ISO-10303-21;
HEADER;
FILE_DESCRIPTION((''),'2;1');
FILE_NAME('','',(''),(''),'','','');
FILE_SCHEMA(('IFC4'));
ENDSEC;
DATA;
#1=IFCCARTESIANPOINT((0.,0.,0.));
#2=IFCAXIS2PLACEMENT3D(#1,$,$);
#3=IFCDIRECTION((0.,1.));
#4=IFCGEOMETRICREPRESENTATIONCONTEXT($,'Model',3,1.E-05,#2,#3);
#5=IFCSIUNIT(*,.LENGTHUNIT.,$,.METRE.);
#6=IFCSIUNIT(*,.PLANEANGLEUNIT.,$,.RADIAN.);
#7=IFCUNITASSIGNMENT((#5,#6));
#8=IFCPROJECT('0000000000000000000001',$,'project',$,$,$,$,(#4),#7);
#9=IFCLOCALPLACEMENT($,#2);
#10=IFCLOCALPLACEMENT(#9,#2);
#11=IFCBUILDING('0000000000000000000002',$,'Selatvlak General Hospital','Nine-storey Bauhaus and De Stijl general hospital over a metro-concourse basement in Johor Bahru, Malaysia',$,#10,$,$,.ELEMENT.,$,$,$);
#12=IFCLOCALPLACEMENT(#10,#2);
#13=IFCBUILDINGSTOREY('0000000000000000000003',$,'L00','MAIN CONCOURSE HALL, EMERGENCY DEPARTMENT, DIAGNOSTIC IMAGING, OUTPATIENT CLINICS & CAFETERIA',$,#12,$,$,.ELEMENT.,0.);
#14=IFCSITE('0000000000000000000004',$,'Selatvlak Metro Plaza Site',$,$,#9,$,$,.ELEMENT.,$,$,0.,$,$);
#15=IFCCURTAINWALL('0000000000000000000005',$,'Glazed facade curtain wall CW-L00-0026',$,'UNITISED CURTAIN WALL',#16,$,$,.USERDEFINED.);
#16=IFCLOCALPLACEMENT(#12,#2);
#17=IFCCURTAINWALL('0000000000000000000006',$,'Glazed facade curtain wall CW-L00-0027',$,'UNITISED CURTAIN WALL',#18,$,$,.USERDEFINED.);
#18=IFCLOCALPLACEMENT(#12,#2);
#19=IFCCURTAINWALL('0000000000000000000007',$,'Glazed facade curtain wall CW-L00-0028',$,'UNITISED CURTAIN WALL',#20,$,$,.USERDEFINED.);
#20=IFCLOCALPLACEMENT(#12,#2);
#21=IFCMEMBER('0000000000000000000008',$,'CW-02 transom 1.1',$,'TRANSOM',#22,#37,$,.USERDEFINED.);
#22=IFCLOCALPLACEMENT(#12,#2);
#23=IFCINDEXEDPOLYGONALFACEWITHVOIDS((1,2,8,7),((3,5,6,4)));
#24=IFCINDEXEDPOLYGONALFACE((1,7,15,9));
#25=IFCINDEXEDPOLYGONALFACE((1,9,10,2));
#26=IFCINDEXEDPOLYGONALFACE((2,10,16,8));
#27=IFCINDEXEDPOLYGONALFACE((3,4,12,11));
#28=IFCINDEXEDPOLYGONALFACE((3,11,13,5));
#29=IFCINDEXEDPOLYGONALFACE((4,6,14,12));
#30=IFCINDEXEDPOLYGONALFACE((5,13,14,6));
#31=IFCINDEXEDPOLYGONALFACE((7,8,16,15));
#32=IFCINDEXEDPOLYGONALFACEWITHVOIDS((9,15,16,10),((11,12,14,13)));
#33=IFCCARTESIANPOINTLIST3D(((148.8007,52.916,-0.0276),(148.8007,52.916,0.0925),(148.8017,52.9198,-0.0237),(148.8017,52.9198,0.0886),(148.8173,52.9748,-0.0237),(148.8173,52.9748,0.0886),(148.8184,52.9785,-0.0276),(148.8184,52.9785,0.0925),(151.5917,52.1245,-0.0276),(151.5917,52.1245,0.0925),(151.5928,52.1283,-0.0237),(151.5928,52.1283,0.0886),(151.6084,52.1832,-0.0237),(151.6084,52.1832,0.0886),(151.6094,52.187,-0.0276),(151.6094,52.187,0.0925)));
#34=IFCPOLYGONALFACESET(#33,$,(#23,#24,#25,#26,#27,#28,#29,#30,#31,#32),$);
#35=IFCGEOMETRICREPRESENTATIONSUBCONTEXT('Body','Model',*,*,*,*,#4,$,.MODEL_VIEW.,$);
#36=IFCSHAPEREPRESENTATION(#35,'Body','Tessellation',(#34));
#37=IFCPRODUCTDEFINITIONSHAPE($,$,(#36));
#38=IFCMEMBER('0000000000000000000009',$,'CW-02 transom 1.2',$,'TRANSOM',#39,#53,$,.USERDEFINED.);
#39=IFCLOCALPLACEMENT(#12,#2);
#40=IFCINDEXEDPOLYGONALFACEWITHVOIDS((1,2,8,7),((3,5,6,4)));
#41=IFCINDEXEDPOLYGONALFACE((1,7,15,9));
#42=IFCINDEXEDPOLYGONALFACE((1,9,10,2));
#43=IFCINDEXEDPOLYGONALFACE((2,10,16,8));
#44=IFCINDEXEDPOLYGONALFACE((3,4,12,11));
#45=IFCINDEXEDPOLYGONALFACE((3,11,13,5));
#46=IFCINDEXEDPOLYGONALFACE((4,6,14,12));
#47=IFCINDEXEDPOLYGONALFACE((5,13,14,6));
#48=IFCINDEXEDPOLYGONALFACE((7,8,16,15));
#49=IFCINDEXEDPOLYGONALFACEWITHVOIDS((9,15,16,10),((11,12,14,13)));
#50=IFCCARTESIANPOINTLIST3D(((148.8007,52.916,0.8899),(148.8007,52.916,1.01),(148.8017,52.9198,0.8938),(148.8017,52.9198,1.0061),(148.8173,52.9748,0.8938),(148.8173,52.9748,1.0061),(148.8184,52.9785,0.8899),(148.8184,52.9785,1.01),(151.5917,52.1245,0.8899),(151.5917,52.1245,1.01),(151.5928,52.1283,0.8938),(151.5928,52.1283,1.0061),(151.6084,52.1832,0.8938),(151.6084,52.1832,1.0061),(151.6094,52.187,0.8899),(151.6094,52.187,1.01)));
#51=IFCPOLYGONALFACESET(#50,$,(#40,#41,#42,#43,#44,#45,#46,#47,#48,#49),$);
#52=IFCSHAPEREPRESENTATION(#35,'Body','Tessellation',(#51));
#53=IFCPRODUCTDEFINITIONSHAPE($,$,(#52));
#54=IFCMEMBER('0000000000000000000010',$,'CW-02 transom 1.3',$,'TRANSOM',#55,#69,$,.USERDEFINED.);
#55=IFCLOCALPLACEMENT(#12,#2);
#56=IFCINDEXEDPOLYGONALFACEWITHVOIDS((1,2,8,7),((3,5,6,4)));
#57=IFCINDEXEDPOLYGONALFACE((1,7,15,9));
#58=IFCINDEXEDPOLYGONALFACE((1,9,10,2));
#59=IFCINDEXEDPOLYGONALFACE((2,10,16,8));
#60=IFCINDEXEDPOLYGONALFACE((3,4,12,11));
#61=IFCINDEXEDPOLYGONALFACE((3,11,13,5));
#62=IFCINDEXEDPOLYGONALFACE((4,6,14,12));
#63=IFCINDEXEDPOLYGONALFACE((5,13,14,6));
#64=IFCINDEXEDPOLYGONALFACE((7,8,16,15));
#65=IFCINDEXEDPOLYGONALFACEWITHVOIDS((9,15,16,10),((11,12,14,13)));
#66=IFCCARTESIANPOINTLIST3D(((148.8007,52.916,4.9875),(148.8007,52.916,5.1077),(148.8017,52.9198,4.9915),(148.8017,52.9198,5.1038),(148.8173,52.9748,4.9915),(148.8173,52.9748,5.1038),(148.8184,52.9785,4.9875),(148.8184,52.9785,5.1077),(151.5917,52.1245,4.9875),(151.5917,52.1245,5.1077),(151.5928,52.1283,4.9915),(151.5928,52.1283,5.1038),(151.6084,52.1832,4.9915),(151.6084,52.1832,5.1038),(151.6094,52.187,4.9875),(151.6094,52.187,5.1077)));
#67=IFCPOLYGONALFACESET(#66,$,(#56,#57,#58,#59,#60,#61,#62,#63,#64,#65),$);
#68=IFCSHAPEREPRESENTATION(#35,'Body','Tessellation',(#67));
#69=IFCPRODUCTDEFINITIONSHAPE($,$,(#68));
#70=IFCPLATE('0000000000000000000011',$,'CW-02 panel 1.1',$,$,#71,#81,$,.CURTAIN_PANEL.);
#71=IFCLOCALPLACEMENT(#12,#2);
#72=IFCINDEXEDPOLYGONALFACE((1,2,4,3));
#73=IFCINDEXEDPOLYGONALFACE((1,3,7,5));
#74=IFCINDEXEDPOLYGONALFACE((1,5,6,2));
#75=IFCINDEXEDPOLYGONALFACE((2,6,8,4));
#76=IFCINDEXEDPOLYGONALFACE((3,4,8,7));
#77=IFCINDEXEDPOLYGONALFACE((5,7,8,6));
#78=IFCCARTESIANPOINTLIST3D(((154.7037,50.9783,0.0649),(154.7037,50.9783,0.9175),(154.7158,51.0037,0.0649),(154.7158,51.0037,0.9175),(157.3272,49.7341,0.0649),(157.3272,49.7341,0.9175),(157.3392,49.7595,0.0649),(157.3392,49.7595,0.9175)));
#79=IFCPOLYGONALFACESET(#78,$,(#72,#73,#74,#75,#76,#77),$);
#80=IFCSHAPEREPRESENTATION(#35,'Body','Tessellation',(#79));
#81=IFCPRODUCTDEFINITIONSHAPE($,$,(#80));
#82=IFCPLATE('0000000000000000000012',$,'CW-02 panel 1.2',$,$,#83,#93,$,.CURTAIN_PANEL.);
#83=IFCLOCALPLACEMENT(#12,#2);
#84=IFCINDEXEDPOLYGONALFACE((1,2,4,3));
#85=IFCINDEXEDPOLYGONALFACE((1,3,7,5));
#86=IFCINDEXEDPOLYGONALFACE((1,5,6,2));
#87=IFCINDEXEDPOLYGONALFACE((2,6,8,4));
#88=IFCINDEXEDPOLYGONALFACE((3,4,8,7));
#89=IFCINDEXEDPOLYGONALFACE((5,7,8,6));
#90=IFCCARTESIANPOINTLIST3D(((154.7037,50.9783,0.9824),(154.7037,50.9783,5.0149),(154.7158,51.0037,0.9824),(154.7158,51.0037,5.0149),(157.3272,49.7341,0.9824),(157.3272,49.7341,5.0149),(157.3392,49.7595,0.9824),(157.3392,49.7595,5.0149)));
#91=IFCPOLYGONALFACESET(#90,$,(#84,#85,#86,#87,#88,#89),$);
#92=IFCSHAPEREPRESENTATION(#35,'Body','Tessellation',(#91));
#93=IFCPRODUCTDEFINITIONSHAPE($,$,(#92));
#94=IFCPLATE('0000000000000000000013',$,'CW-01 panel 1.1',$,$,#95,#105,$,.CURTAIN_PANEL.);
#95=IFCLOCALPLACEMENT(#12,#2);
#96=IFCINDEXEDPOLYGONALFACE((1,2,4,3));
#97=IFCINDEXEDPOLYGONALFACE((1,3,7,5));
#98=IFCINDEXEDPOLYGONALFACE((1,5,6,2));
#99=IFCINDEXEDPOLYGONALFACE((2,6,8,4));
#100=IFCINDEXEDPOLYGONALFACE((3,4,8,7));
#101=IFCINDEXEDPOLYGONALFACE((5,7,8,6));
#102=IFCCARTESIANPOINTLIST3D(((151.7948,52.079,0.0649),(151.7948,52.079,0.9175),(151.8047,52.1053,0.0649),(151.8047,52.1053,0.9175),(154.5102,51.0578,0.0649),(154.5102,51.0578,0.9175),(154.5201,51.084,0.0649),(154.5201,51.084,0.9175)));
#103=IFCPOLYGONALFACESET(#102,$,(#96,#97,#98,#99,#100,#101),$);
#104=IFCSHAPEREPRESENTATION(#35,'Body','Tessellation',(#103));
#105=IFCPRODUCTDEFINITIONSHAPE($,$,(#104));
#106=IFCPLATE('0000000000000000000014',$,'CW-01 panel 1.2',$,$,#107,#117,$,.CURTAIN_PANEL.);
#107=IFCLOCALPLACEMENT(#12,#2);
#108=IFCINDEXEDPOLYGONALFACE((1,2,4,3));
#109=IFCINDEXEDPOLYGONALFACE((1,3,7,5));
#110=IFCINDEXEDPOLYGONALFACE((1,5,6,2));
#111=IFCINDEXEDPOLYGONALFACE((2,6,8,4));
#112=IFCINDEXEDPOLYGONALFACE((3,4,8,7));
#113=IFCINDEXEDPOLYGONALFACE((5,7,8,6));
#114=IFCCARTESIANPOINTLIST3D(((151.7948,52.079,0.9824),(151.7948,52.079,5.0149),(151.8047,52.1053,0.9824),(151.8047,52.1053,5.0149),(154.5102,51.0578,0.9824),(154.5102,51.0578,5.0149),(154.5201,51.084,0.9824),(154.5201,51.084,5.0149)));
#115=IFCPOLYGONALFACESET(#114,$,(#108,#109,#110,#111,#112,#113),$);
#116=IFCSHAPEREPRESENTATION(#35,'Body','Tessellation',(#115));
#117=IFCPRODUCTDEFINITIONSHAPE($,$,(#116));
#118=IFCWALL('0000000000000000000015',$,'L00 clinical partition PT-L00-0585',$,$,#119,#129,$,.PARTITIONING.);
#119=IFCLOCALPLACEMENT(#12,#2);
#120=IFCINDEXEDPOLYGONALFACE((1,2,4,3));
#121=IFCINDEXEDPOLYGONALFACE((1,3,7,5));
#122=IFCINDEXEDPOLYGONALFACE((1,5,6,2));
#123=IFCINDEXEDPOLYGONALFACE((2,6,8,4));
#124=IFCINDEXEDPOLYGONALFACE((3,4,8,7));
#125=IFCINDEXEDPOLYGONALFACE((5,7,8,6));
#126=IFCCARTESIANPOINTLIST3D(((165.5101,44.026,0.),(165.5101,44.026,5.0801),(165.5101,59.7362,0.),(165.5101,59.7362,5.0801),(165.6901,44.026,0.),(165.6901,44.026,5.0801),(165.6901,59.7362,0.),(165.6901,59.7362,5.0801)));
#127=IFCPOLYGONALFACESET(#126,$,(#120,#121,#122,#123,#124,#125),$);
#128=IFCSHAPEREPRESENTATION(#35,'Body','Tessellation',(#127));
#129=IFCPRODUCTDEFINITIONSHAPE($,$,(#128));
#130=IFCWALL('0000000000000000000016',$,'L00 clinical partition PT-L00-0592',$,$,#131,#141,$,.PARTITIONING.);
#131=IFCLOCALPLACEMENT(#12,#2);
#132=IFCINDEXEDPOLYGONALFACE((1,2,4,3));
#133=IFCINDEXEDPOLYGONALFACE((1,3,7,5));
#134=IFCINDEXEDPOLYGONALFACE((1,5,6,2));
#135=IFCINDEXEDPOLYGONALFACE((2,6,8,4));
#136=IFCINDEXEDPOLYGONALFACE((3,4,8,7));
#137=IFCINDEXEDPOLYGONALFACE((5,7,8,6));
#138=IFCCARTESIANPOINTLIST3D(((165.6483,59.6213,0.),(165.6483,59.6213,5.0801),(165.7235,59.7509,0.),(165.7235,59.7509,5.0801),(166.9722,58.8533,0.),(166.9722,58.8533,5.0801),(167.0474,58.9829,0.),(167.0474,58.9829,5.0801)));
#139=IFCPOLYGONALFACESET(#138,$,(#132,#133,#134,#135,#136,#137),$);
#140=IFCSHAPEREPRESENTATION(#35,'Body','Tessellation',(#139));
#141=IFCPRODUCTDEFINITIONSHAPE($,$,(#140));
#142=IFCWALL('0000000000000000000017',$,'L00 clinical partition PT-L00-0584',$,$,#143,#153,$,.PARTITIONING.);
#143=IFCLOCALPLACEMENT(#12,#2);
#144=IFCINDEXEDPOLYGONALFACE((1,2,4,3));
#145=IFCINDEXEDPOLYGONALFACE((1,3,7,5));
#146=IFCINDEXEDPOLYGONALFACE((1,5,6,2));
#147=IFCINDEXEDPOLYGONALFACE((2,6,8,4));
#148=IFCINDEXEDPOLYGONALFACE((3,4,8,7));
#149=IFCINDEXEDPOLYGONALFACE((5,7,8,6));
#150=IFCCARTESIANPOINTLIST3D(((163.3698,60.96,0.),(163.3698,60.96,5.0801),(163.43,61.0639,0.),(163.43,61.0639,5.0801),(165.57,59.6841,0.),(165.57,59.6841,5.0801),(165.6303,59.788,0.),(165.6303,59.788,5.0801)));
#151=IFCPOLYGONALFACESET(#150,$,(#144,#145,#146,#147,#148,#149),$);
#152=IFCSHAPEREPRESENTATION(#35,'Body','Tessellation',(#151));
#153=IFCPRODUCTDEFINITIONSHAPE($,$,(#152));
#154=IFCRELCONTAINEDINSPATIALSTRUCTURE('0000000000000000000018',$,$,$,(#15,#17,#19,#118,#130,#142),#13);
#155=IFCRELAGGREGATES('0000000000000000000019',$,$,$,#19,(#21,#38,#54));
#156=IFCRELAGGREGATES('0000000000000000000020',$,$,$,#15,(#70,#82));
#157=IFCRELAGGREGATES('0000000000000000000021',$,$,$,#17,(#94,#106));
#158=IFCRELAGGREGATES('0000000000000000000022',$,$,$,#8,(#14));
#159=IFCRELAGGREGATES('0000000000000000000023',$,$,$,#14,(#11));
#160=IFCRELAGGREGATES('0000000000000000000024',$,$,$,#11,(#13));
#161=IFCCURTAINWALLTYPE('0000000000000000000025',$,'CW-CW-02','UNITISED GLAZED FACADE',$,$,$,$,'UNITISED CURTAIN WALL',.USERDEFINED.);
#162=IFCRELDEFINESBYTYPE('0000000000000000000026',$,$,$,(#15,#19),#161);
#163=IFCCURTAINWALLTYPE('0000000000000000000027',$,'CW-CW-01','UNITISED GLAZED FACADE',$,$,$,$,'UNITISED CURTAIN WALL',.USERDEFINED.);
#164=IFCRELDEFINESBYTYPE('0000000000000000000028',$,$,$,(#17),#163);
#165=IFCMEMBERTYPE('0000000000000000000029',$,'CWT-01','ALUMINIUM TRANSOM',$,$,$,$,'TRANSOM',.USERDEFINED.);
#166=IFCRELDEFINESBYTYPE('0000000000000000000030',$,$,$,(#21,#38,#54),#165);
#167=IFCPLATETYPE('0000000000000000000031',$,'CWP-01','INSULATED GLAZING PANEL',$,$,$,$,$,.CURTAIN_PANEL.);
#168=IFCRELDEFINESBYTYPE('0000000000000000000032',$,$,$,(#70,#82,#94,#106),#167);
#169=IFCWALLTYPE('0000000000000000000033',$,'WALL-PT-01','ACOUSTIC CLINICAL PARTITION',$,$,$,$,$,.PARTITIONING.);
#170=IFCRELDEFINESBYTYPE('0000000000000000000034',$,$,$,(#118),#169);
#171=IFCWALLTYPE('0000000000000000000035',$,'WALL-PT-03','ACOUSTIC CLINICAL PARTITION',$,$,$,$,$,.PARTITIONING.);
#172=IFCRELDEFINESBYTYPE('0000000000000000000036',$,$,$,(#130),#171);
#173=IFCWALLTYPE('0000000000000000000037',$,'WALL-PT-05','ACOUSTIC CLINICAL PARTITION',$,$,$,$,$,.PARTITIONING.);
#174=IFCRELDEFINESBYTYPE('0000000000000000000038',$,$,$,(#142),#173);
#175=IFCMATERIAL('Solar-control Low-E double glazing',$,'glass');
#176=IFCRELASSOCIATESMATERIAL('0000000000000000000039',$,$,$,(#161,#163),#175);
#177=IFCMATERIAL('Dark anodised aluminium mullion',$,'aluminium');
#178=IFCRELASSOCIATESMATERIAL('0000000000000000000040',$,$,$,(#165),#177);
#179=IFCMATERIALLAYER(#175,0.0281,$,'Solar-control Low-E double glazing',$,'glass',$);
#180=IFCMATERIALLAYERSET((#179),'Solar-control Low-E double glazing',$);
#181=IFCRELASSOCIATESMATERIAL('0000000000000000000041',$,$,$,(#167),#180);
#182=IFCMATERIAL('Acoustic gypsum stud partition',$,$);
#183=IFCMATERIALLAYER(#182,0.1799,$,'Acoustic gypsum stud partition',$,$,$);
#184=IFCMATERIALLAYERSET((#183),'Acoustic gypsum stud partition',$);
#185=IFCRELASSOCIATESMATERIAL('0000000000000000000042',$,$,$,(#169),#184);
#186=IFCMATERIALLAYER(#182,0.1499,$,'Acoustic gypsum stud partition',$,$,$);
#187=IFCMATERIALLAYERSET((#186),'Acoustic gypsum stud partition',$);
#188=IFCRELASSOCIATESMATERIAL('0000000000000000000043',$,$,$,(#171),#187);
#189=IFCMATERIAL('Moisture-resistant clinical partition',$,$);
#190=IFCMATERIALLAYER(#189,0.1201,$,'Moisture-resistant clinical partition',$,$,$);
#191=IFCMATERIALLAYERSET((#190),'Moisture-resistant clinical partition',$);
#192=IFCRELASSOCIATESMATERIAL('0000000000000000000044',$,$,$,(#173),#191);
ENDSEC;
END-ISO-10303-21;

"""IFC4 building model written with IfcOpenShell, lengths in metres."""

from ifc_helpers import new_model, si_unit, direction, frame, frame_2d, origin, origin_2d, place, context, subcontext, project, spatial, rectangle, hollow_rectangle, extrude, material, layer, layer_set, material_profile, profile_set, type_object, element, aggregate, save


model = new_model("IFC4")

# Units and contexts
model_context = context("Model", 3, precision=1e-05, world=origin(), true_north=direction((0.0, 1.0)))
body_context = subcontext(model_context, "Body", "Model", "MODEL_VIEW")
ifc_project = project(units=[si_unit("LENGTHUNIT", "METRE"), si_unit("PLANEANGLEUNIT", "RADIAN")], contexts=[model_context])

# Site, building, storey
site_placement = place(None, origin())
site = spatial("IfcSite", under=ifc_project, at=site_placement, Name="Selatvlak Metro Plaza Site", CompositionType="ELEMENT", RefElevation=0.0)
building_placement = place(site_placement, origin())
building = spatial("IfcBuilding", under=site, at=building_placement, Name="Selatvlak General Hospital", Description="Nine-storey Bauhaus and De Stijl general hospital over a metro-concourse basement in Johor Bahru, Malaysia", CompositionType="ELEMENT")
storey_placement = place(building_placement, origin())
storey = spatial("IfcBuildingStorey", under=building, at=storey_placement, Name="L00", Description="MAIN CONCOURSE HALL, EMERGENCY DEPARTMENT, DIAGNOSTIC IMAGING, OUTPATIENT CLINICS & CAFETERIA", CompositionType="ELEMENT", Elevation=0.0)

# Curtain wall
ifc_material_1 = material(Name="Solar-control Low-E double glazing", Category="glass")
curtain_wall_type_1 = type_object("IfcCurtainWallType", Name="CW-CW-02", Description="UNITISED GLAZED FACADE", ElementType="UNITISED CURTAIN WALL", PredefinedType="USERDEFINED", material=ifc_material_1)
curtain_wall_1_placement = place(storey_placement, origin())
curtain_wall_1 = element("IfcCurtainWall", 1, at=curtain_wall_1_placement, inside=storey, type_object=curtain_wall_type_1, Name="Glazed facade curtain wall CW-L00-0026", ObjectType="UNITISED CURTAIN WALL", PredefinedType="USERDEFINED")
ifc_material_2 = material(Name="Dark anodised aluminium mullion", Category="aluminium")

# Curtain wall
curtain_wall_type_2 = type_object("IfcCurtainWallType", Name="CW-CW-01", Description="UNITISED GLAZED FACADE", ElementType="UNITISED CURTAIN WALL", PredefinedType="USERDEFINED", material=ifc_material_1)
curtain_wall_2_placement = place(storey_placement, origin())
curtain_wall_2 = element("IfcCurtainWall", 2, at=curtain_wall_2_placement, inside=storey, type_object=curtain_wall_type_2, Name="Glazed facade curtain wall CW-L00-0027", ObjectType="UNITISED CURTAIN WALL", PredefinedType="USERDEFINED")

# Curtain wall
curtain_wall_3_placement = place(storey_placement, origin())
curtain_wall_3 = element("IfcCurtainWall", 3, at=curtain_wall_3_placement, inside=storey, type_object=curtain_wall_type_1, Name="Glazed facade curtain wall CW-L00-0028", ObjectType="UNITISED CURTAIN WALL", PredefinedType="USERDEFINED")

# Members
ifc_material_profile_1 = material_profile(ifc_material_2, hollow_rectangle(XDim=0.0649, YDim=0.1201, WallThickness=0.0039, at=origin_2d()), Name="AL-TRN 65x120x4")
ifc_profile_set_1 = profile_set([ifc_material_profile_1], Name="Dark anodised aluminium mullion")
member_type_1 = type_object("IfcMemberType", Name="CWT-01", Description="ALUMINIUM TRANSOM", ElementType="TRANSOM", PredefinedType="USERDEFINED", material=ifc_profile_set_1)
member_1_placement = place(storey_placement, frame((151.6006, 52.1558, 0.0325), z_axis=(-0.962062, 0.272831, 0.0), x_axis=(-0.272831, -0.962062, 0.0)))
member_1 = element("IfcMember", 4, at=member_1_placement, type_object=member_type_1, Name="CW-02 transom 1.1", ObjectType="TRANSOM", PredefinedType="USERDEFINED", context=body_context, shape_type="SweptSolid", body=[
    extrude(hollow_rectangle(XDim=0.0649, YDim=0.1201, WallThickness=0.0039, at=origin_2d()), origin(), (0.0, 0.0, 1.0), 2.9011),
])
member_2_placement = place(storey_placement, frame((151.6006, 52.1558, 0.95), z_axis=(-0.962062, 0.272831, 0.0), x_axis=(-0.272831, -0.962062, 0.0)))
member_2 = element("IfcMember", 5, at=member_2_placement, type_object=member_type_1, Name="CW-02 transom 1.2", ObjectType="TRANSOM", PredefinedType="USERDEFINED", context=body_context, shape_type="SweptSolid", body=[
    extrude(hollow_rectangle(XDim=0.0649, YDim=0.1201, WallThickness=0.0039, at=origin_2d()), origin(), (0.0, 0.0, 1.0), 2.9011),
])
member_3_placement = place(storey_placement, frame((151.6006, 52.1558, 5.0476), z_axis=(-0.962062, 0.272831, 0.0), x_axis=(-0.272831, -0.962062, 0.0)))
member_3 = element("IfcMember", 6, at=member_3_placement, type_object=member_type_1, Name="CW-02 transom 1.3", ObjectType="TRANSOM", PredefinedType="USERDEFINED", context=body_context, shape_type="SweptSolid", body=[
    extrude(hollow_rectangle(XDim=0.0649, YDim=0.1201, WallThickness=0.0039, at=origin_2d()), origin(), (0.0, 0.0, 1.0), 2.9011),
])
aggregate(curtain_wall_3, [member_1, member_2, member_3])

# Plates
ifc_layer_1 = layer(ifc_material_1, 0.0281, Name="Solar-control Low-E double glazing", Category="glass")
ifc_layer_set_1 = layer_set([ifc_layer_1], Name="Solar-control Low-E double glazing")
plate_type = type_object("IfcPlateType", Name="CWP-01", Description="INSULATED GLAZING PANEL", PredefinedType="CURTAIN_PANEL", material=ifc_layer_set_1)
plate_1_placement = place(storey_placement, frame((156.0215, 50.3689, 0.0649), z_axis=(0.0, 0.0, 1.0), x_axis=(-0.90353, 0.428526, 0.0)))
plate_1 = element("IfcPlate", 7, at=plate_1_placement, type_object=plate_type, Name="CW-02 panel 1.1", PredefinedType="CURTAIN_PANEL", context=body_context, shape_type="SweptSolid", body=[
    extrude(rectangle(XDim=2.9036, YDim=0.0281, at=origin_2d()), origin(), (0.0, 0.0, 1.0), 0.8525),
])
plate_2_placement = place(storey_placement, frame((156.0215, 50.3689, 0.9824), z_axis=(0.0, 0.0, 1.0), x_axis=(-0.90353, 0.428526, 0.0)))
plate_2 = element("IfcPlate", 8, at=plate_2_placement, type_object=plate_type, Name="CW-02 panel 1.2", PredefinedType="CURTAIN_PANEL", context=body_context, shape_type="SweptSolid", body=[
    extrude(rectangle(XDim=2.9036, YDim=0.0281, at=origin_2d()), origin(), (0.0, 0.0, 1.0), 4.0325),
])
aggregate(curtain_wall_1, [plate_1, plate_2])
plate_3_placement = place(storey_placement, frame((153.1575, 51.5815, 0.0649), z_axis=(0.0, 0.0, 1.0), x_axis=(-0.93599, 0.352027, 0.0)))
plate_3 = element("IfcPlate", 9, at=plate_3_placement, type_object=plate_type, Name="CW-01 panel 1.1", PredefinedType="CURTAIN_PANEL", context=body_context, shape_type="SweptSolid", body=[
    extrude(rectangle(XDim=2.9011, YDim=0.0281, at=origin_2d()), origin(), (0.0, 0.0, 1.0), 0.8525),
])
plate_4_placement = place(storey_placement, frame((153.1575, 51.5815, 0.9824), z_axis=(0.0, 0.0, 1.0), x_axis=(-0.93599, 0.352027, 0.0)))
plate_4 = element("IfcPlate", 10, at=plate_4_placement, type_object=plate_type, Name="CW-01 panel 1.2", PredefinedType="CURTAIN_PANEL", context=body_context, shape_type="SweptSolid", body=[
    extrude(rectangle(XDim=2.9011, YDim=0.0281, at=origin_2d()), origin(), (0.0, 0.0, 1.0), 4.0325),
])
aggregate(curtain_wall_2, [plate_3, plate_4])

# Walls
ifc_material_3 = material(Name="Acoustic gypsum stud partition")
ifc_layer_2 = layer(ifc_material_3, 0.1799, Name="Acoustic gypsum stud partition")
ifc_layer_set_2 = layer_set([ifc_layer_2], Name="Acoustic gypsum stud partition")
wall_type_1 = type_object("IfcWallType", Name="WALL-PT-01", Description="ACOUSTIC CLINICAL PARTITION", PredefinedType="PARTITIONING", material=ifc_layer_set_2)
wall_1_placement = place(storey_placement, frame((165.6001, 59.7361, 0.0), z_axis=(0.0, 0.0, 1.0), x_axis=(0.0, -1.0, 0.0)))
element("IfcWall", 11, at=wall_1_placement, inside=storey, type_object=wall_type_1, Name="L00 clinical partition PT-L00-0585", PredefinedType="PARTITIONING", context=body_context, shape_type="SweptSolid", body=[
    extrude(rectangle(XDim=15.7102, YDim=0.1799, at=frame_2d((7.855, 0.0))), origin(), (0.0, 0.0, 1.0), 5.0801),
])
ifc_layer_3 = layer(ifc_material_3, 0.1499, Name="Acoustic gypsum stud partition")
ifc_layer_set_3 = layer_set([ifc_layer_3], Name="Acoustic gypsum stud partition")
wall_type_2 = type_object("IfcWallType", Name="WALL-PT-03", Description="ACOUSTIC CLINICAL PARTITION", PredefinedType="PARTITIONING", material=ifc_layer_set_3)
wall_2_placement = place(storey_placement, frame((165.686, 59.686, 0.0), z_axis=(0.0, 0.0, 1.0), x_axis=(0.864985, -0.501797, 0.0)))
element("IfcWall", 12, at=wall_2_placement, inside=storey, type_object=wall_type_2, Name="L00 clinical partition PT-L00-0592", PredefinedType="PARTITIONING", context=body_context, shape_type="SweptSolid", body=[
    extrude(rectangle(XDim=1.5305, YDim=0.1499, at=frame_2d((0.7651, 0.0))), origin(), (0.0, 0.0, 1.0), 5.0801),
])

# Shared definitions
ifc_material_4 = material(Name="Moisture-resistant clinical partition")

# Wall
ifc_layer_4 = layer(ifc_material_4, 0.1201, Name="Moisture-resistant clinical partition")
ifc_layer_set_4 = layer_set([ifc_layer_4], Name="Moisture-resistant clinical partition")
wall_type_3 = type_object("IfcWallType", Name="WALL-PT-05", Description="ACOUSTIC CLINICAL PARTITION", PredefinedType="PARTITIONING", material=ifc_layer_set_4)
wall_3_placement = place(storey_placement, frame((163.3999, 61.012, 0.0), z_axis=(0.0, 0.0, 1.0), x_axis=(0.865071, -0.501649, 0.0)))
element("IfcWall", 13, at=wall_3_placement, inside=storey, type_object=wall_type_3, Name="L00 clinical partition PT-L00-0584", PredefinedType="PARTITIONING", context=body_context, shape_type="SweptSolid", body=[
    extrude(rectangle(XDim=2.5435, YDim=0.1201, at=frame_2d((1.2717, 0.0))), origin(), (0.0, 0.0, 1.0), 5.0801),
])

save(model, "model.ifc")
